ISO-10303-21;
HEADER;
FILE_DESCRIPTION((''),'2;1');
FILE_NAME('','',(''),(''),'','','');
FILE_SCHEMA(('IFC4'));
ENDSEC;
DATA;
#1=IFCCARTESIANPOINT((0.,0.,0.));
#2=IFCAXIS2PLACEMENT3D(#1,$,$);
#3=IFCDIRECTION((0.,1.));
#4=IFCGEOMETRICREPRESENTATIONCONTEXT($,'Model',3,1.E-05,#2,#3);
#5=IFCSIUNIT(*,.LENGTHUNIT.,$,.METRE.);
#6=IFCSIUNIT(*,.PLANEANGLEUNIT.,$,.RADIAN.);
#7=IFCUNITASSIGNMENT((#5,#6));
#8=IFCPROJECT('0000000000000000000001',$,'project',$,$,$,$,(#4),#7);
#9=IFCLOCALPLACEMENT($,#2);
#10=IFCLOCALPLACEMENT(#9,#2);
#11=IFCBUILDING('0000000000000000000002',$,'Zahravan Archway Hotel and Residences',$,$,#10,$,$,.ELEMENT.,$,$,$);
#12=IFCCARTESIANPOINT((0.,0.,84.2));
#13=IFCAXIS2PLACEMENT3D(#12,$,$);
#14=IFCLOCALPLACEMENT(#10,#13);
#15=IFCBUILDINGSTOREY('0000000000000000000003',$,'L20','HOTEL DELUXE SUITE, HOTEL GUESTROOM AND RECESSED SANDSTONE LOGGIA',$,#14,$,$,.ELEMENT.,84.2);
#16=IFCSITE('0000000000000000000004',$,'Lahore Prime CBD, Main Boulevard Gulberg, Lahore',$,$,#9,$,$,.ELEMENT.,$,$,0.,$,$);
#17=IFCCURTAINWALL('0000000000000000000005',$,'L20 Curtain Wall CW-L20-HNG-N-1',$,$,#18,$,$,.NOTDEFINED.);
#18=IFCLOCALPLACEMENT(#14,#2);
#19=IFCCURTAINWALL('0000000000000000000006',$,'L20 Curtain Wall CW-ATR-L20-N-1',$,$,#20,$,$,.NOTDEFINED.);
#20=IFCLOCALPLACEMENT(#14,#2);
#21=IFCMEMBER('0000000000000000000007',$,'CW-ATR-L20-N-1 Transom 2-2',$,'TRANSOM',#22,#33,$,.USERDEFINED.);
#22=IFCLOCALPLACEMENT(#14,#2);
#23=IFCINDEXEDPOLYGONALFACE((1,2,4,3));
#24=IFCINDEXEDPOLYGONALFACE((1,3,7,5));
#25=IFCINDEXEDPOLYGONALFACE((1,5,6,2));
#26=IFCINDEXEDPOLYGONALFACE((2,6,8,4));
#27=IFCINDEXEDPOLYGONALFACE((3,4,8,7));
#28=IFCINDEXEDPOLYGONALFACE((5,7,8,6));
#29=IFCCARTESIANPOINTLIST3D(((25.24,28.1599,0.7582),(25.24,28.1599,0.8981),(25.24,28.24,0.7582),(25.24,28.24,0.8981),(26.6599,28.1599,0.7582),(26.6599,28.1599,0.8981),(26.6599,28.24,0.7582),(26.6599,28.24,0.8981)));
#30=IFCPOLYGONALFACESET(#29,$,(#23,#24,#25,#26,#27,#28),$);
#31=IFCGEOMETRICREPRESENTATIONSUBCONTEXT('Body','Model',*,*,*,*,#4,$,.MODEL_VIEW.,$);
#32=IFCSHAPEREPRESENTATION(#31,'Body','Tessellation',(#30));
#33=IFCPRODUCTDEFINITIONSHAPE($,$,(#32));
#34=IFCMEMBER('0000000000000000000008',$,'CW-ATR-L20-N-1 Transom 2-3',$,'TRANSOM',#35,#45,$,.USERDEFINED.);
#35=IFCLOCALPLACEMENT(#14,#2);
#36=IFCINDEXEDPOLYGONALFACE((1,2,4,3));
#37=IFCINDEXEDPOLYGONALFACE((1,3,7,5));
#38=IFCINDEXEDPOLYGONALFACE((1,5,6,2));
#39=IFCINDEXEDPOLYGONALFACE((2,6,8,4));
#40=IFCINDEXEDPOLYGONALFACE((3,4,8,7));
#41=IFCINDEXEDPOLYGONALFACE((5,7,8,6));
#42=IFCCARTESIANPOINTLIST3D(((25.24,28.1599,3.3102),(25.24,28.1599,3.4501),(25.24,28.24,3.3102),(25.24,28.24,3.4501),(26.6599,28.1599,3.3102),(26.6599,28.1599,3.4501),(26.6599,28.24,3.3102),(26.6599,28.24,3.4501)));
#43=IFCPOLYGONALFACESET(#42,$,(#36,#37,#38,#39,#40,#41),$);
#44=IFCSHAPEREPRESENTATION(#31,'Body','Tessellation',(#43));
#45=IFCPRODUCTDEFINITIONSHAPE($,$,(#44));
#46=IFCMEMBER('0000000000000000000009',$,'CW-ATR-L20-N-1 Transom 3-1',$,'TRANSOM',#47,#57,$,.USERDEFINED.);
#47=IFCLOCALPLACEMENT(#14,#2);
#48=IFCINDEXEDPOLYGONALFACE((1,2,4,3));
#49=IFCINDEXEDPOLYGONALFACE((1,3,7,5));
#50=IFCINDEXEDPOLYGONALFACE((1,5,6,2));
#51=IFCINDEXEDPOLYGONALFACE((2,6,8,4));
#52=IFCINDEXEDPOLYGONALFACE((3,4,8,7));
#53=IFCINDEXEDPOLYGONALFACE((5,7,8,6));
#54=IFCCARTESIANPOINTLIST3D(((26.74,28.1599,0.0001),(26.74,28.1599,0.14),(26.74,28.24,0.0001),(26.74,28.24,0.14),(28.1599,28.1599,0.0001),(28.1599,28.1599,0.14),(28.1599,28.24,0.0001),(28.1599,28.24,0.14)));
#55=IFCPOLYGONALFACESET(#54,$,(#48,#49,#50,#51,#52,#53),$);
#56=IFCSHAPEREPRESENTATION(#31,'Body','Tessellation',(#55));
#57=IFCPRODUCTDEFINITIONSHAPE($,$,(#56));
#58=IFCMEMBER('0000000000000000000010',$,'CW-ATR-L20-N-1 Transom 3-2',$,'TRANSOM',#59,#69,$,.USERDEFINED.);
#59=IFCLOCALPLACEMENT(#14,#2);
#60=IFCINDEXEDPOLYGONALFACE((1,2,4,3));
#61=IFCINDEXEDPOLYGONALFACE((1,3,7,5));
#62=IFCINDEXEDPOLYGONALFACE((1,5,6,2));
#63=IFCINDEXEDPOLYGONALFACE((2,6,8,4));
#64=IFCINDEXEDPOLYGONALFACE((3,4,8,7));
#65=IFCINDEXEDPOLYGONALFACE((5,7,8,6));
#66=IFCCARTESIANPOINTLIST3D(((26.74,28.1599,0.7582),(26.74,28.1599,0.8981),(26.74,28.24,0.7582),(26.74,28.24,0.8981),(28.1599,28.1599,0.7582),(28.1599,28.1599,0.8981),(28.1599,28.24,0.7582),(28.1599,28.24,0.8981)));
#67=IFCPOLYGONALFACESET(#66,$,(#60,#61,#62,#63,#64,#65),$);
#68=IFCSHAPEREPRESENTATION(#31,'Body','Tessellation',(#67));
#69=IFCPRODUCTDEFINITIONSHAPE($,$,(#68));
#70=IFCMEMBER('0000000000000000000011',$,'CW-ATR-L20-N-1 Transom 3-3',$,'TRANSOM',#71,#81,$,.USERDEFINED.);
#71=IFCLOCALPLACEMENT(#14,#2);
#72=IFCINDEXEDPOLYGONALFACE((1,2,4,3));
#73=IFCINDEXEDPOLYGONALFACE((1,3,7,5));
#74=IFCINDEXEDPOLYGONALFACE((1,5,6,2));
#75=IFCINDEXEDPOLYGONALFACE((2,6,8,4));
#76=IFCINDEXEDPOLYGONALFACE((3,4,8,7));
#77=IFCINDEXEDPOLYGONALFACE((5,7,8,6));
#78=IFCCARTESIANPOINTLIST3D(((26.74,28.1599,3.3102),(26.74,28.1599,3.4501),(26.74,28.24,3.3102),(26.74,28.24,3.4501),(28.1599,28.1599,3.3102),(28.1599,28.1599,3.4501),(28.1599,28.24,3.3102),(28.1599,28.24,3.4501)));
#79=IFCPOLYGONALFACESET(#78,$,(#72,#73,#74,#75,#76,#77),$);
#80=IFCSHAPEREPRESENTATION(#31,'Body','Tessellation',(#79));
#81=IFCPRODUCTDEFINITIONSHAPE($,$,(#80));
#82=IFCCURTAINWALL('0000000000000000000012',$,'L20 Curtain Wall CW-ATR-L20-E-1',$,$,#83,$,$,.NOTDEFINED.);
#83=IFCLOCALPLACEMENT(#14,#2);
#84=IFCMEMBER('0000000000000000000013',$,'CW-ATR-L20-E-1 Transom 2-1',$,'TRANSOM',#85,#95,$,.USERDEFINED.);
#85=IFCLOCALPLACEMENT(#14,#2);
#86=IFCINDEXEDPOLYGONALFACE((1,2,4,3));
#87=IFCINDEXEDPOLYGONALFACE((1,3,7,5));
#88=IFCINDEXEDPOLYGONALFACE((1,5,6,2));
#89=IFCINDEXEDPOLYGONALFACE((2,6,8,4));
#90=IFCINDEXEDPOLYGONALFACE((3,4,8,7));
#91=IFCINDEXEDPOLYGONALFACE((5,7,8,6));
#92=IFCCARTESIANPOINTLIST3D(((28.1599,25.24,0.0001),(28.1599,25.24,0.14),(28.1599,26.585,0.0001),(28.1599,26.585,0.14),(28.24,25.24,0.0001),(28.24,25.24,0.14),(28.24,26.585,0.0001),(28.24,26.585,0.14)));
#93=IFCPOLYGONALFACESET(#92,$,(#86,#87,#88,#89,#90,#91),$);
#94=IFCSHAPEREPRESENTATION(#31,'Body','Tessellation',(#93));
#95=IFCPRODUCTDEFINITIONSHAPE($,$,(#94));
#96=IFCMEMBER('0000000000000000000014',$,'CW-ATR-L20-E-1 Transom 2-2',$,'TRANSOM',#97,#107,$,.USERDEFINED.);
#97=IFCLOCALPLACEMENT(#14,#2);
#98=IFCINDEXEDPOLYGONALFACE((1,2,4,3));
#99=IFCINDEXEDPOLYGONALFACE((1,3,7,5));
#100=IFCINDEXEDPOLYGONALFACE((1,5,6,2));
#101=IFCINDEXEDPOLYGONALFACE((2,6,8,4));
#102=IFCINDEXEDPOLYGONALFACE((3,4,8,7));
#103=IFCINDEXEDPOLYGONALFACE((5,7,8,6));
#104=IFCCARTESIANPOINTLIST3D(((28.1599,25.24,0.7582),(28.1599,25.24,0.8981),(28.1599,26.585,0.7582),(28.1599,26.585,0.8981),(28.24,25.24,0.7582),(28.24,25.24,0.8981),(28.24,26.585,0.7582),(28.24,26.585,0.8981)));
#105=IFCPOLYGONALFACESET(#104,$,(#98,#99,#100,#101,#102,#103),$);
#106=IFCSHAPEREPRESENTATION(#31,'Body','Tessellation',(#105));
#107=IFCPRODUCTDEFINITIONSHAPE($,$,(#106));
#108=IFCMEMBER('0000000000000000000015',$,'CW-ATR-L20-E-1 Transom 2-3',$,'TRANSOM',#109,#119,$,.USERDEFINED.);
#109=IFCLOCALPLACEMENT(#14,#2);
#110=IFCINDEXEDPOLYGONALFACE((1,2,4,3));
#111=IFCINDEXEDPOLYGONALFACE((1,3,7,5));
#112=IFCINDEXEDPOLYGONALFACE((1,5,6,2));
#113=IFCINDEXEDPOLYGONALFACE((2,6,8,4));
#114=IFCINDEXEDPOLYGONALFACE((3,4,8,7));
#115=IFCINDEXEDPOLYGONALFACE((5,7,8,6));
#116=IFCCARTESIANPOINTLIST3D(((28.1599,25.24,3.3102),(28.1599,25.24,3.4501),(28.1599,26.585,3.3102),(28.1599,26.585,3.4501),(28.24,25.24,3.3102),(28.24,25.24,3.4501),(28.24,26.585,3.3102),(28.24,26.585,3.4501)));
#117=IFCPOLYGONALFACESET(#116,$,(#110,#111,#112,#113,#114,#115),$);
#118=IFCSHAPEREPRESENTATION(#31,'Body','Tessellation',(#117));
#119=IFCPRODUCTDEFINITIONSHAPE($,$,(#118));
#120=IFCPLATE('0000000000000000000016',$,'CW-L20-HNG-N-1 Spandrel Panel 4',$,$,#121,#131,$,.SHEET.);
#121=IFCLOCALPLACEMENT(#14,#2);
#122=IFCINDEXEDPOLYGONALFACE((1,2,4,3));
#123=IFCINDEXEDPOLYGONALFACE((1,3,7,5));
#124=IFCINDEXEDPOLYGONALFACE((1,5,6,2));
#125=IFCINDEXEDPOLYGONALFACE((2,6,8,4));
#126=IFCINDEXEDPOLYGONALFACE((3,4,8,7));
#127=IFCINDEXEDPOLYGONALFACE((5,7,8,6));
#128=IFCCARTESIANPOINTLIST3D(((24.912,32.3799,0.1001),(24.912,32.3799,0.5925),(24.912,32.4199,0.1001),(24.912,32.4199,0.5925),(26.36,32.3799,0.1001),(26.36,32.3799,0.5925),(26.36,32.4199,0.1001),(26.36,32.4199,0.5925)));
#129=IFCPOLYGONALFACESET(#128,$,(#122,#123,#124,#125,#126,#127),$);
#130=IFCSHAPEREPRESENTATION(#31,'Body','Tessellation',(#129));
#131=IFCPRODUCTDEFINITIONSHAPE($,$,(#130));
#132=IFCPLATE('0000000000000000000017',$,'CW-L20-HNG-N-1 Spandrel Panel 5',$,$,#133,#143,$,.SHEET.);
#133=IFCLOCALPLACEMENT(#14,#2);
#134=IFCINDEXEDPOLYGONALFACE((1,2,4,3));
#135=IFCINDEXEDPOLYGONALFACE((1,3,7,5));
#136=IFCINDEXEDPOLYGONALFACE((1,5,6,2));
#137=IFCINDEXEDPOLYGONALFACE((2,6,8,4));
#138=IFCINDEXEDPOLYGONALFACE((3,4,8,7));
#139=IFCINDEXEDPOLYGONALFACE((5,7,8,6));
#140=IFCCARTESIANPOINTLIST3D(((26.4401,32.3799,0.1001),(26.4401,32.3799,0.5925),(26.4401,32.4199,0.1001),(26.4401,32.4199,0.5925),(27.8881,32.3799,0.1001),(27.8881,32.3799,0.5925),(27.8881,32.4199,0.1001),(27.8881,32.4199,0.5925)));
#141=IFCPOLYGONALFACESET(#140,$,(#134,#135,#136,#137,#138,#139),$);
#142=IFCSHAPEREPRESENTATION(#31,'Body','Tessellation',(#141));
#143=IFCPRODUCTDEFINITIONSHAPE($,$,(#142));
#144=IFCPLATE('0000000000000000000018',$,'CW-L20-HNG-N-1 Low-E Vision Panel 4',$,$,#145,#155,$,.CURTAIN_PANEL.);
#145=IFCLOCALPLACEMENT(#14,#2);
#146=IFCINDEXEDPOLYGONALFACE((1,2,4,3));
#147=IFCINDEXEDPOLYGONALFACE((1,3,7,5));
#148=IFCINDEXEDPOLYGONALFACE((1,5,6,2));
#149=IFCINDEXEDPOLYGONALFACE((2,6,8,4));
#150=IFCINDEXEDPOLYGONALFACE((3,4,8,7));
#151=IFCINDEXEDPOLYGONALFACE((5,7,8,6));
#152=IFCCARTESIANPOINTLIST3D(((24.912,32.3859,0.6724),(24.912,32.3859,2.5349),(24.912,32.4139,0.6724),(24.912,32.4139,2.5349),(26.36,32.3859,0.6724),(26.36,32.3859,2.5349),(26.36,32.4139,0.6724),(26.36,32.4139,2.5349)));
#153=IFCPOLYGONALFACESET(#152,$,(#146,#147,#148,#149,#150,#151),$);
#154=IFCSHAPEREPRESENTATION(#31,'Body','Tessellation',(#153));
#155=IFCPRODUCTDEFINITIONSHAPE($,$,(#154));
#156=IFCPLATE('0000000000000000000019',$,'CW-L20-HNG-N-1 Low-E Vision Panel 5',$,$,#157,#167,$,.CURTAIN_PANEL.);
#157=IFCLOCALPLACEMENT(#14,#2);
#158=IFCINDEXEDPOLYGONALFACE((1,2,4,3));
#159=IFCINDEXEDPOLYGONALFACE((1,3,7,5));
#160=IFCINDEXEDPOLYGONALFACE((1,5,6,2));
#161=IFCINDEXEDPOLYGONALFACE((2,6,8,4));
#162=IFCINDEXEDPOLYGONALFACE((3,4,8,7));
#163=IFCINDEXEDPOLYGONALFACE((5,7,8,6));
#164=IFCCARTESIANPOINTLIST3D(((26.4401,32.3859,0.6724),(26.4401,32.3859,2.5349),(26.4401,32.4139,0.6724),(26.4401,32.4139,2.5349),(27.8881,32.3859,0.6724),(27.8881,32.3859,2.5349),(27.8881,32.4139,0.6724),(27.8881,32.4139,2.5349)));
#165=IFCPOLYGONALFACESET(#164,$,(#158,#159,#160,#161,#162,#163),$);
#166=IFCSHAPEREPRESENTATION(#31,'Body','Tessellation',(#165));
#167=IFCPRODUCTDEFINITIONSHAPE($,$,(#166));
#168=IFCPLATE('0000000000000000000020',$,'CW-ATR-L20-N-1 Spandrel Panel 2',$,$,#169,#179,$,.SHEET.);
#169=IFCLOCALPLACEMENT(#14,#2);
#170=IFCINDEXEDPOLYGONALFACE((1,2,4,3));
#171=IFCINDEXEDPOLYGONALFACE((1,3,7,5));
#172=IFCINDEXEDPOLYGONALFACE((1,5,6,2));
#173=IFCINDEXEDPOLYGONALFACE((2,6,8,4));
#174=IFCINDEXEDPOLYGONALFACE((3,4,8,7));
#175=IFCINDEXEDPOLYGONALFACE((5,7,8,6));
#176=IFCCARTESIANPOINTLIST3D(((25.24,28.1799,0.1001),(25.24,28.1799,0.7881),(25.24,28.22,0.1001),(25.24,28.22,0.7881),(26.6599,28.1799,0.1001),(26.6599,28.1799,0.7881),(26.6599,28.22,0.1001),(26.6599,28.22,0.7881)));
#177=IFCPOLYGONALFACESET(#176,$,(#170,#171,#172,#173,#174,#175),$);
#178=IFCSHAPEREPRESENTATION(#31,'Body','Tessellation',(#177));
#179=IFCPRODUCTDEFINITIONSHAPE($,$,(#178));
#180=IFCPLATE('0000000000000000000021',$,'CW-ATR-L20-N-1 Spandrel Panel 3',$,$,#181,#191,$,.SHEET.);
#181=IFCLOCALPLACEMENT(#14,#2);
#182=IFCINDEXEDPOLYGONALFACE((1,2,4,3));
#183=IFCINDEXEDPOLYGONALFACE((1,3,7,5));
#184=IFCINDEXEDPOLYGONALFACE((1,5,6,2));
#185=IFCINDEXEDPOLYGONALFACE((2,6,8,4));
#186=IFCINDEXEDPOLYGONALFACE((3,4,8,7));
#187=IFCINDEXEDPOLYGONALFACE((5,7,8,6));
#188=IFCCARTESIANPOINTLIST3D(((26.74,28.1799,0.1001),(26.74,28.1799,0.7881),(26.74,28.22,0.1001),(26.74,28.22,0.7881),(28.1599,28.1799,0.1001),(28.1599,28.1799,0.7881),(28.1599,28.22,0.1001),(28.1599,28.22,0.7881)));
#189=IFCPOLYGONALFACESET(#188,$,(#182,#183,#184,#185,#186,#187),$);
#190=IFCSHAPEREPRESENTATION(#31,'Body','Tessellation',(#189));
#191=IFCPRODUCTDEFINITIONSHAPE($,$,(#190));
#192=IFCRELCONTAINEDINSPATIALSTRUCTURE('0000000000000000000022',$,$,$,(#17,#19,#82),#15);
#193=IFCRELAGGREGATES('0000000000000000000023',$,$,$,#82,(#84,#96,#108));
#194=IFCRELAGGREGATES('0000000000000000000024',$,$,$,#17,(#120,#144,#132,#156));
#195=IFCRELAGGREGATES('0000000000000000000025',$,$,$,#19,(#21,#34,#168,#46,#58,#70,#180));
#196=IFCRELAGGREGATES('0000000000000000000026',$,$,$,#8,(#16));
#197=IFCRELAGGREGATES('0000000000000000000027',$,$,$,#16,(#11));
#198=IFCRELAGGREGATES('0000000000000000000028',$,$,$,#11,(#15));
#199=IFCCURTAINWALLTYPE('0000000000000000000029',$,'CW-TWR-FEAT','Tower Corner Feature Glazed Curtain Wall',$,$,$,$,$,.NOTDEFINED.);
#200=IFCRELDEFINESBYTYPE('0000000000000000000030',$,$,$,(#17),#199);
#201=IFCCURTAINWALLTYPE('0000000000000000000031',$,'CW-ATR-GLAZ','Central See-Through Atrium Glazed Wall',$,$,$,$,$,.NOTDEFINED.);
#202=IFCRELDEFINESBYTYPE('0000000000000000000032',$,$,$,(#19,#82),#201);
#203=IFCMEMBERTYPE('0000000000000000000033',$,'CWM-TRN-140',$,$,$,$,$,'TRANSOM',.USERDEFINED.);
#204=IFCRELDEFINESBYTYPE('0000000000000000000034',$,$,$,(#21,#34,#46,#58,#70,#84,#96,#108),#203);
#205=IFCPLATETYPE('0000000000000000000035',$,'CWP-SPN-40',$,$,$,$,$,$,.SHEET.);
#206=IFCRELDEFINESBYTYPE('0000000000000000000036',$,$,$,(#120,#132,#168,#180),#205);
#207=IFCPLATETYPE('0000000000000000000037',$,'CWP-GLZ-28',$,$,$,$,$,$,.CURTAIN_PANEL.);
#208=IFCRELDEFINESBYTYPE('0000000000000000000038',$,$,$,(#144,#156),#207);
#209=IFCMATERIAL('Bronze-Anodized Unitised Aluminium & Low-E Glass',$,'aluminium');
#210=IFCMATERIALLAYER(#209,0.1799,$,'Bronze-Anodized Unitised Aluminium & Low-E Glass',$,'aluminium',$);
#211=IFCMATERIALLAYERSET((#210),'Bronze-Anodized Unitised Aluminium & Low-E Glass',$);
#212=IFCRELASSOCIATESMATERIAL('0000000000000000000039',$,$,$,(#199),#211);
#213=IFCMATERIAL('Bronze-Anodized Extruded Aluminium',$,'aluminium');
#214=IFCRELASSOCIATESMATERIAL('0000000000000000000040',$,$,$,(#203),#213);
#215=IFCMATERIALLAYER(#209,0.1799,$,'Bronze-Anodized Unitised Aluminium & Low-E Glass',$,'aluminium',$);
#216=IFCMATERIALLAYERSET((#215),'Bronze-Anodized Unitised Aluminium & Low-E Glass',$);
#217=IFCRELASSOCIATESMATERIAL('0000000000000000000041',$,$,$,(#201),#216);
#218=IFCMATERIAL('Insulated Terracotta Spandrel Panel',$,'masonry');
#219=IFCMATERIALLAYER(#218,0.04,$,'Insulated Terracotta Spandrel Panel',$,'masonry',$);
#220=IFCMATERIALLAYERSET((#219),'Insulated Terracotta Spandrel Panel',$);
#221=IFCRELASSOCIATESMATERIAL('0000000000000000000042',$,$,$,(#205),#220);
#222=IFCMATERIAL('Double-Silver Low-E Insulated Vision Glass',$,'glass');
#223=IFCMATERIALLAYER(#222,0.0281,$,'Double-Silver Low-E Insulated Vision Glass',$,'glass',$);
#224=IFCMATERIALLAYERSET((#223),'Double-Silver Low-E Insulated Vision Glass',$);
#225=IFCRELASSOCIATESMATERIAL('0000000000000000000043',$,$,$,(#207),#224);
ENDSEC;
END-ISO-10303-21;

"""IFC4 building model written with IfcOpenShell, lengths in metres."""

from ifc_helpers import new_model, si_unit, direction, frame, origin, origin_2d, place, context, subcontext, project, spatial, rectangle, extrude, source, transform, mapped, material, layer, layer_set, material_profile, profile_set, type_object, element, aggregate, save


model = new_model("IFC4")

# Units and contexts
model_context = context("Model", 3, precision=1e-05, world=origin(), true_north=direction((0.0, 1.0)))
body_context = subcontext(model_context, "Body", "Model", "MODEL_VIEW")
ifc_project = project(units=[si_unit("LENGTHUNIT", "METRE"), si_unit("PLANEANGLEUNIT", "RADIAN")], contexts=[model_context])

# Site, building, storey
site_placement = place(None, origin())
site = spatial("IfcSite", under=ifc_project, at=site_placement, Name="Lahore Prime CBD, Main Boulevard Gulberg, Lahore", CompositionType="ELEMENT", RefElevation=0.0)
building_placement = place(site_placement, origin())
building = spatial("IfcBuilding", under=site, at=building_placement, Name="Zahravan Archway Hotel and Residences", CompositionType="ELEMENT")
storey_placement = place(building_placement, frame((0.0, 0.0, 84.2)))
storey = spatial("IfcBuildingStorey", under=building, at=storey_placement, Name="L20", Description="HOTEL DELUXE SUITE, HOTEL GUESTROOM AND RECESSED SANDSTONE LOGGIA", CompositionType="ELEMENT", Elevation=84.2)

# Curtain walls, members
ifc_material_1 = material(Name="Bronze-Anodized Unitised Aluminium & Low-E Glass", Category="aluminium")
ifc_layer_1 = layer(ifc_material_1, 0.1799, Name="Bronze-Anodized Unitised Aluminium & Low-E Glass", Category="aluminium")
ifc_layer_set_1 = layer_set([ifc_layer_1], Name="Bronze-Anodized Unitised Aluminium & Low-E Glass")
curtain_wall_type_1 = type_object("IfcCurtainWallType", Name="CW-TWR-FEAT", Description="Tower Corner Feature Glazed Curtain Wall", PredefinedType="NOTDEFINED", material=ifc_layer_set_1)
curtain_wall_1_placement = place(storey_placement, origin())
curtain_wall_1 = element("IfcCurtainWall", 1, at=curtain_wall_1_placement, inside=storey, type_object=curtain_wall_type_1, Name="L20 Curtain Wall CW-L20-HNG-N-1", PredefinedType="NOTDEFINED")
ifc_material_2 = material(Name="Bronze-Anodized Extruded Aluminium", Category="aluminium")
ifc_material_profile_1 = material_profile(ifc_material_2, rectangle(XDim=0.0801, YDim=0.1399, at=origin_2d()), Name="TRN 80x140", Category="aluminium")
ifc_profile_set_1 = profile_set([ifc_material_profile_1], Name="Bronze-Anodized Extruded Aluminium")
member_type_1 = type_object("IfcMemberType", Name="CWM-TRN-140", ElementType="TRANSOM", PredefinedType="USERDEFINED", material=ifc_profile_set_1)
ifc_layer_2 = layer(ifc_material_1, 0.1799, Name="Bronze-Anodized Unitised Aluminium & Low-E Glass", Category="aluminium")
ifc_layer_set_2 = layer_set([ifc_layer_2], Name="Bronze-Anodized Unitised Aluminium & Low-E Glass")
curtain_wall_type_2 = type_object("IfcCurtainWallType", Name="CW-ATR-GLAZ", Description="Central See-Through Atrium Glazed Wall", PredefinedType="NOTDEFINED", material=ifc_layer_set_2)
curtain_wall_2_placement = place(storey_placement, origin())
curtain_wall_2 = element("IfcCurtainWall", 2, at=curtain_wall_2_placement, inside=storey, type_object=curtain_wall_type_2, Name="L20 Curtain Wall CW-ATR-L20-N-1", PredefinedType="NOTDEFINED")
shared_shape_1 = source(origin(), body_context, "Body", "SweptSolid", [
    extrude(rectangle(XDim=0.0801, YDim=0.1399, at=origin_2d()), origin(), (0.0, 0.0, 1.0), 1.4199),
])
member_1_placement = place(storey_placement, frame((25.24, 28.2, 0.8281), z_axis=(1.0, 0.0, 0.0), x_axis=(0.0, 1.0, 0.0)))
member_1 = element("IfcMember", 3, at=member_1_placement, type_object=member_type_1, Name="CW-ATR-L20-N-1 Transom 2-2", ObjectType="TRANSOM", PredefinedType="USERDEFINED", context=body_context, shape_type="MappedRepresentation", body=[
    mapped(shared_shape_1, transform((0.0, 0.0, 0.0), scale=1.0)),
])
member_2_placement = place(storey_placement, frame((25.24, 28.2, 3.3801), z_axis=(1.0, 0.0, 0.0), x_axis=(0.0, 1.0, 0.0)))
member_2 = element("IfcMember", 4, at=member_2_placement, type_object=member_type_1, Name="CW-ATR-L20-N-1 Transom 2-3", ObjectType="TRANSOM", PredefinedType="USERDEFINED", context=body_context, shape_type="MappedRepresentation", body=[
    mapped(shared_shape_1, transform((0.0, 0.0, 0.0), scale=1.0)),
])
member_3_placement = place(storey_placement, frame((26.74, 28.2, 0.0701), z_axis=(1.0, 0.0, 0.0), x_axis=(0.0, 1.0, 0.0)))
member_3 = element("IfcMember", 5, at=member_3_placement, type_object=member_type_1, Name="CW-ATR-L20-N-1 Transom 3-1", ObjectType="TRANSOM", PredefinedType="USERDEFINED", context=body_context, shape_type="MappedRepresentation", body=[
    mapped(shared_shape_1, transform((0.0, 0.0, 0.0), scale=1.0)),
])
member_4_placement = place(storey_placement, frame((26.74, 28.2, 0.8281), z_axis=(1.0, 0.0, 0.0), x_axis=(0.0, 1.0, 0.0)))
member_4 = element("IfcMember", 6, at=member_4_placement, type_object=member_type_1, Name="CW-ATR-L20-N-1 Transom 3-2", ObjectType="TRANSOM", PredefinedType="USERDEFINED", context=body_context, shape_type="MappedRepresentation", body=[
    mapped(shared_shape_1, transform((0.0, 0.0, 0.0), scale=1.0)),
])
member_5_placement = place(storey_placement, frame((26.74, 28.2, 3.3801), z_axis=(1.0, 0.0, 0.0), x_axis=(0.0, 1.0, 0.0)))
member_5 = element("IfcMember", 7, at=member_5_placement, type_object=member_type_1, Name="CW-ATR-L20-N-1 Transom 3-3", ObjectType="TRANSOM", PredefinedType="USERDEFINED", context=body_context, shape_type="MappedRepresentation", body=[
    mapped(shared_shape_1, transform((0.0, 0.0, 0.0), scale=1.0)),
])
curtain_wall_3_placement = place(storey_placement, origin())
curtain_wall_3 = element("IfcCurtainWall", 8, at=curtain_wall_3_placement, inside=storey, type_object=curtain_wall_type_2, Name="L20 Curtain Wall CW-ATR-L20-E-1", PredefinedType="NOTDEFINED")
shared_shape_2 = source(origin(), body_context, "Body", "SweptSolid", [
    extrude(rectangle(XDim=0.0801, YDim=0.1399, at=origin_2d()), origin(), (0.0, 0.0, 1.0), 1.345),
])
member_6_placement = place(storey_placement, frame((28.2, 25.24, 0.0701), z_axis=(0.0, 1.0, 0.0), x_axis=(-1.0, 0.0, 0.0)))
member_6 = element("IfcMember", 9, at=member_6_placement, type_object=member_type_1, Name="CW-ATR-L20-E-1 Transom 2-1", ObjectType="TRANSOM", PredefinedType="USERDEFINED", context=body_context, shape_type="MappedRepresentation", body=[
    mapped(shared_shape_2, transform((0.0, 0.0, 0.0), scale=1.0)),
])
member_7_placement = place(storey_placement, frame((28.2, 25.24, 0.8281), z_axis=(0.0, 1.0, 0.0), x_axis=(-1.0, 0.0, 0.0)))
member_7 = element("IfcMember", 10, at=member_7_placement, type_object=member_type_1, Name="CW-ATR-L20-E-1 Transom 2-2", ObjectType="TRANSOM", PredefinedType="USERDEFINED", context=body_context, shape_type="MappedRepresentation", body=[
    mapped(shared_shape_2, transform((0.0, 0.0, 0.0), scale=1.0)),
])
member_8_placement = place(storey_placement, frame((28.2, 25.24, 3.3801), z_axis=(0.0, 1.0, 0.0), x_axis=(-1.0, 0.0, 0.0)))
member_8 = element("IfcMember", 11, at=member_8_placement, type_object=member_type_1, Name="CW-ATR-L20-E-1 Transom 2-3", ObjectType="TRANSOM", PredefinedType="USERDEFINED", context=body_context, shape_type="MappedRepresentation", body=[
    mapped(shared_shape_2, transform((0.0, 0.0, 0.0), scale=1.0)),
])
aggregate(curtain_wall_3, [member_6, member_7, member_8])

# Plates
ifc_material_3 = material(Name="Insulated Terracotta Spandrel Panel", Category="masonry")
ifc_layer_3 = layer(ifc_material_3, 0.04, Name="Insulated Terracotta Spandrel Panel", Category="masonry")
ifc_layer_set_3 = layer_set([ifc_layer_3], Name="Insulated Terracotta Spandrel Panel")
plate_type_1 = type_object("IfcPlateType", Name="CWP-SPN-40", PredefinedType="SHEET", material=ifc_layer_set_3)
shared_shape_3 = source(origin(), body_context, "Body", "SweptSolid", [
    extrude(rectangle(XDim=1.448, YDim=0.04, at=origin_2d()), origin(), (0.0, 0.0, 1.0), 0.4924),
])
plate_1_placement = place(storey_placement, frame((25.636, 32.3999, 0.1001), z_axis=(0.0, 0.0, 1.0), x_axis=(1.0, 0.0, 0.0)))
plate_1 = element("IfcPlate", 12, at=plate_1_placement, type_object=plate_type_1, Name="CW-L20-HNG-N-1 Spandrel Panel 4", PredefinedType="SHEET", context=body_context, shape_type="MappedRepresentation", body=[
    mapped(shared_shape_3, transform((0.0, 0.0, 0.0), scale=1.0)),
])
plate_2_placement = place(storey_placement, frame((27.1641, 32.3999, 0.1001), z_axis=(0.0, 0.0, 1.0), x_axis=(1.0, 0.0, 0.0)))
plate_2 = element("IfcPlate", 13, at=plate_2_placement, type_object=plate_type_1, Name="CW-L20-HNG-N-1 Spandrel Panel 5", PredefinedType="SHEET", context=body_context, shape_type="MappedRepresentation", body=[
    mapped(shared_shape_3, transform((0.0, 0.0, 0.0), scale=1.0)),
])
ifc_material_4 = material(Name="Double-Silver Low-E Insulated Vision Glass", Category="glass")
ifc_layer_4 = layer(ifc_material_4, 0.0281, Name="Double-Silver Low-E Insulated Vision Glass", Category="glass")
ifc_layer_set_4 = layer_set([ifc_layer_4], Name="Double-Silver Low-E Insulated Vision Glass")
plate_type_2 = type_object("IfcPlateType", Name="CWP-GLZ-28", PredefinedType="CURTAIN_PANEL", material=ifc_layer_set_4)
shared_shape_4 = source(origin(), body_context, "Body", "SweptSolid", [
    extrude(rectangle(XDim=1.448, YDim=0.0281, at=origin_2d()), origin(), (0.0, 0.0, 1.0), 1.8625),
])
plate_3_placement = place(storey_placement, frame((25.636, 32.3999, 0.6724), z_axis=(0.0, 0.0, 1.0), x_axis=(1.0, 0.0, 0.0)))
plate_3 = element("IfcPlate", 14, at=plate_3_placement, type_object=plate_type_2, Name="CW-L20-HNG-N-1 Low-E Vision Panel 4", PredefinedType="CURTAIN_PANEL", context=body_context, shape_type="MappedRepresentation", body=[
    mapped(shared_shape_4, transform((0.0, 0.0, 0.0), scale=1.0)),
])
plate_4_placement = place(storey_placement, frame((27.1641, 32.3999, 0.6724), z_axis=(0.0, 0.0, 1.0), x_axis=(1.0, 0.0, 0.0)))
plate_4 = element("IfcPlate", 15, at=plate_4_placement, type_object=plate_type_2, Name="CW-L20-HNG-N-1 Low-E Vision Panel 5", PredefinedType="CURTAIN_PANEL", context=body_context, shape_type="MappedRepresentation", body=[
    mapped(shared_shape_4, transform((0.0, 0.0, 0.0), scale=1.0)),
])
aggregate(curtain_wall_1, [plate_1, plate_3, plate_2, plate_4])
shared_shape_5 = source(origin(), body_context, "Body", "SweptSolid", [
    extrude(rectangle(XDim=1.4199, YDim=0.04, at=origin_2d()), origin(), (0.0, 0.0, 1.0), 0.688),
])
plate_5_placement = place(storey_placement, frame((25.95, 28.2, 0.1001), z_axis=(0.0, 0.0, 1.0), x_axis=(1.0, 0.0, 0.0)))
plate_5 = element("IfcPlate", 16, at=plate_5_placement, type_object=plate_type_1, Name="CW-ATR-L20-N-1 Spandrel Panel 2", PredefinedType="SHEET", context=body_context, shape_type="MappedRepresentation", body=[
    mapped(shared_shape_5, transform((0.0, 0.0, 0.0), scale=1.0)),
])
plate_6_placement = place(storey_placement, frame((27.45, 28.2, 0.1001), z_axis=(0.0, 0.0, 1.0), x_axis=(1.0, 0.0, 0.0)))
plate_6 = element("IfcPlate", 17, at=plate_6_placement, type_object=plate_type_1, Name="CW-ATR-L20-N-1 Spandrel Panel 3", PredefinedType="SHEET", context=body_context, shape_type="MappedRepresentation", body=[
    mapped(shared_shape_5, transform((0.0, 0.0, 0.0), scale=1.0)),
])
aggregate(curtain_wall_2, [member_1, member_2, plate_5, member_3, member_4, member_5, plate_6])

save(model, "model.ifc")
